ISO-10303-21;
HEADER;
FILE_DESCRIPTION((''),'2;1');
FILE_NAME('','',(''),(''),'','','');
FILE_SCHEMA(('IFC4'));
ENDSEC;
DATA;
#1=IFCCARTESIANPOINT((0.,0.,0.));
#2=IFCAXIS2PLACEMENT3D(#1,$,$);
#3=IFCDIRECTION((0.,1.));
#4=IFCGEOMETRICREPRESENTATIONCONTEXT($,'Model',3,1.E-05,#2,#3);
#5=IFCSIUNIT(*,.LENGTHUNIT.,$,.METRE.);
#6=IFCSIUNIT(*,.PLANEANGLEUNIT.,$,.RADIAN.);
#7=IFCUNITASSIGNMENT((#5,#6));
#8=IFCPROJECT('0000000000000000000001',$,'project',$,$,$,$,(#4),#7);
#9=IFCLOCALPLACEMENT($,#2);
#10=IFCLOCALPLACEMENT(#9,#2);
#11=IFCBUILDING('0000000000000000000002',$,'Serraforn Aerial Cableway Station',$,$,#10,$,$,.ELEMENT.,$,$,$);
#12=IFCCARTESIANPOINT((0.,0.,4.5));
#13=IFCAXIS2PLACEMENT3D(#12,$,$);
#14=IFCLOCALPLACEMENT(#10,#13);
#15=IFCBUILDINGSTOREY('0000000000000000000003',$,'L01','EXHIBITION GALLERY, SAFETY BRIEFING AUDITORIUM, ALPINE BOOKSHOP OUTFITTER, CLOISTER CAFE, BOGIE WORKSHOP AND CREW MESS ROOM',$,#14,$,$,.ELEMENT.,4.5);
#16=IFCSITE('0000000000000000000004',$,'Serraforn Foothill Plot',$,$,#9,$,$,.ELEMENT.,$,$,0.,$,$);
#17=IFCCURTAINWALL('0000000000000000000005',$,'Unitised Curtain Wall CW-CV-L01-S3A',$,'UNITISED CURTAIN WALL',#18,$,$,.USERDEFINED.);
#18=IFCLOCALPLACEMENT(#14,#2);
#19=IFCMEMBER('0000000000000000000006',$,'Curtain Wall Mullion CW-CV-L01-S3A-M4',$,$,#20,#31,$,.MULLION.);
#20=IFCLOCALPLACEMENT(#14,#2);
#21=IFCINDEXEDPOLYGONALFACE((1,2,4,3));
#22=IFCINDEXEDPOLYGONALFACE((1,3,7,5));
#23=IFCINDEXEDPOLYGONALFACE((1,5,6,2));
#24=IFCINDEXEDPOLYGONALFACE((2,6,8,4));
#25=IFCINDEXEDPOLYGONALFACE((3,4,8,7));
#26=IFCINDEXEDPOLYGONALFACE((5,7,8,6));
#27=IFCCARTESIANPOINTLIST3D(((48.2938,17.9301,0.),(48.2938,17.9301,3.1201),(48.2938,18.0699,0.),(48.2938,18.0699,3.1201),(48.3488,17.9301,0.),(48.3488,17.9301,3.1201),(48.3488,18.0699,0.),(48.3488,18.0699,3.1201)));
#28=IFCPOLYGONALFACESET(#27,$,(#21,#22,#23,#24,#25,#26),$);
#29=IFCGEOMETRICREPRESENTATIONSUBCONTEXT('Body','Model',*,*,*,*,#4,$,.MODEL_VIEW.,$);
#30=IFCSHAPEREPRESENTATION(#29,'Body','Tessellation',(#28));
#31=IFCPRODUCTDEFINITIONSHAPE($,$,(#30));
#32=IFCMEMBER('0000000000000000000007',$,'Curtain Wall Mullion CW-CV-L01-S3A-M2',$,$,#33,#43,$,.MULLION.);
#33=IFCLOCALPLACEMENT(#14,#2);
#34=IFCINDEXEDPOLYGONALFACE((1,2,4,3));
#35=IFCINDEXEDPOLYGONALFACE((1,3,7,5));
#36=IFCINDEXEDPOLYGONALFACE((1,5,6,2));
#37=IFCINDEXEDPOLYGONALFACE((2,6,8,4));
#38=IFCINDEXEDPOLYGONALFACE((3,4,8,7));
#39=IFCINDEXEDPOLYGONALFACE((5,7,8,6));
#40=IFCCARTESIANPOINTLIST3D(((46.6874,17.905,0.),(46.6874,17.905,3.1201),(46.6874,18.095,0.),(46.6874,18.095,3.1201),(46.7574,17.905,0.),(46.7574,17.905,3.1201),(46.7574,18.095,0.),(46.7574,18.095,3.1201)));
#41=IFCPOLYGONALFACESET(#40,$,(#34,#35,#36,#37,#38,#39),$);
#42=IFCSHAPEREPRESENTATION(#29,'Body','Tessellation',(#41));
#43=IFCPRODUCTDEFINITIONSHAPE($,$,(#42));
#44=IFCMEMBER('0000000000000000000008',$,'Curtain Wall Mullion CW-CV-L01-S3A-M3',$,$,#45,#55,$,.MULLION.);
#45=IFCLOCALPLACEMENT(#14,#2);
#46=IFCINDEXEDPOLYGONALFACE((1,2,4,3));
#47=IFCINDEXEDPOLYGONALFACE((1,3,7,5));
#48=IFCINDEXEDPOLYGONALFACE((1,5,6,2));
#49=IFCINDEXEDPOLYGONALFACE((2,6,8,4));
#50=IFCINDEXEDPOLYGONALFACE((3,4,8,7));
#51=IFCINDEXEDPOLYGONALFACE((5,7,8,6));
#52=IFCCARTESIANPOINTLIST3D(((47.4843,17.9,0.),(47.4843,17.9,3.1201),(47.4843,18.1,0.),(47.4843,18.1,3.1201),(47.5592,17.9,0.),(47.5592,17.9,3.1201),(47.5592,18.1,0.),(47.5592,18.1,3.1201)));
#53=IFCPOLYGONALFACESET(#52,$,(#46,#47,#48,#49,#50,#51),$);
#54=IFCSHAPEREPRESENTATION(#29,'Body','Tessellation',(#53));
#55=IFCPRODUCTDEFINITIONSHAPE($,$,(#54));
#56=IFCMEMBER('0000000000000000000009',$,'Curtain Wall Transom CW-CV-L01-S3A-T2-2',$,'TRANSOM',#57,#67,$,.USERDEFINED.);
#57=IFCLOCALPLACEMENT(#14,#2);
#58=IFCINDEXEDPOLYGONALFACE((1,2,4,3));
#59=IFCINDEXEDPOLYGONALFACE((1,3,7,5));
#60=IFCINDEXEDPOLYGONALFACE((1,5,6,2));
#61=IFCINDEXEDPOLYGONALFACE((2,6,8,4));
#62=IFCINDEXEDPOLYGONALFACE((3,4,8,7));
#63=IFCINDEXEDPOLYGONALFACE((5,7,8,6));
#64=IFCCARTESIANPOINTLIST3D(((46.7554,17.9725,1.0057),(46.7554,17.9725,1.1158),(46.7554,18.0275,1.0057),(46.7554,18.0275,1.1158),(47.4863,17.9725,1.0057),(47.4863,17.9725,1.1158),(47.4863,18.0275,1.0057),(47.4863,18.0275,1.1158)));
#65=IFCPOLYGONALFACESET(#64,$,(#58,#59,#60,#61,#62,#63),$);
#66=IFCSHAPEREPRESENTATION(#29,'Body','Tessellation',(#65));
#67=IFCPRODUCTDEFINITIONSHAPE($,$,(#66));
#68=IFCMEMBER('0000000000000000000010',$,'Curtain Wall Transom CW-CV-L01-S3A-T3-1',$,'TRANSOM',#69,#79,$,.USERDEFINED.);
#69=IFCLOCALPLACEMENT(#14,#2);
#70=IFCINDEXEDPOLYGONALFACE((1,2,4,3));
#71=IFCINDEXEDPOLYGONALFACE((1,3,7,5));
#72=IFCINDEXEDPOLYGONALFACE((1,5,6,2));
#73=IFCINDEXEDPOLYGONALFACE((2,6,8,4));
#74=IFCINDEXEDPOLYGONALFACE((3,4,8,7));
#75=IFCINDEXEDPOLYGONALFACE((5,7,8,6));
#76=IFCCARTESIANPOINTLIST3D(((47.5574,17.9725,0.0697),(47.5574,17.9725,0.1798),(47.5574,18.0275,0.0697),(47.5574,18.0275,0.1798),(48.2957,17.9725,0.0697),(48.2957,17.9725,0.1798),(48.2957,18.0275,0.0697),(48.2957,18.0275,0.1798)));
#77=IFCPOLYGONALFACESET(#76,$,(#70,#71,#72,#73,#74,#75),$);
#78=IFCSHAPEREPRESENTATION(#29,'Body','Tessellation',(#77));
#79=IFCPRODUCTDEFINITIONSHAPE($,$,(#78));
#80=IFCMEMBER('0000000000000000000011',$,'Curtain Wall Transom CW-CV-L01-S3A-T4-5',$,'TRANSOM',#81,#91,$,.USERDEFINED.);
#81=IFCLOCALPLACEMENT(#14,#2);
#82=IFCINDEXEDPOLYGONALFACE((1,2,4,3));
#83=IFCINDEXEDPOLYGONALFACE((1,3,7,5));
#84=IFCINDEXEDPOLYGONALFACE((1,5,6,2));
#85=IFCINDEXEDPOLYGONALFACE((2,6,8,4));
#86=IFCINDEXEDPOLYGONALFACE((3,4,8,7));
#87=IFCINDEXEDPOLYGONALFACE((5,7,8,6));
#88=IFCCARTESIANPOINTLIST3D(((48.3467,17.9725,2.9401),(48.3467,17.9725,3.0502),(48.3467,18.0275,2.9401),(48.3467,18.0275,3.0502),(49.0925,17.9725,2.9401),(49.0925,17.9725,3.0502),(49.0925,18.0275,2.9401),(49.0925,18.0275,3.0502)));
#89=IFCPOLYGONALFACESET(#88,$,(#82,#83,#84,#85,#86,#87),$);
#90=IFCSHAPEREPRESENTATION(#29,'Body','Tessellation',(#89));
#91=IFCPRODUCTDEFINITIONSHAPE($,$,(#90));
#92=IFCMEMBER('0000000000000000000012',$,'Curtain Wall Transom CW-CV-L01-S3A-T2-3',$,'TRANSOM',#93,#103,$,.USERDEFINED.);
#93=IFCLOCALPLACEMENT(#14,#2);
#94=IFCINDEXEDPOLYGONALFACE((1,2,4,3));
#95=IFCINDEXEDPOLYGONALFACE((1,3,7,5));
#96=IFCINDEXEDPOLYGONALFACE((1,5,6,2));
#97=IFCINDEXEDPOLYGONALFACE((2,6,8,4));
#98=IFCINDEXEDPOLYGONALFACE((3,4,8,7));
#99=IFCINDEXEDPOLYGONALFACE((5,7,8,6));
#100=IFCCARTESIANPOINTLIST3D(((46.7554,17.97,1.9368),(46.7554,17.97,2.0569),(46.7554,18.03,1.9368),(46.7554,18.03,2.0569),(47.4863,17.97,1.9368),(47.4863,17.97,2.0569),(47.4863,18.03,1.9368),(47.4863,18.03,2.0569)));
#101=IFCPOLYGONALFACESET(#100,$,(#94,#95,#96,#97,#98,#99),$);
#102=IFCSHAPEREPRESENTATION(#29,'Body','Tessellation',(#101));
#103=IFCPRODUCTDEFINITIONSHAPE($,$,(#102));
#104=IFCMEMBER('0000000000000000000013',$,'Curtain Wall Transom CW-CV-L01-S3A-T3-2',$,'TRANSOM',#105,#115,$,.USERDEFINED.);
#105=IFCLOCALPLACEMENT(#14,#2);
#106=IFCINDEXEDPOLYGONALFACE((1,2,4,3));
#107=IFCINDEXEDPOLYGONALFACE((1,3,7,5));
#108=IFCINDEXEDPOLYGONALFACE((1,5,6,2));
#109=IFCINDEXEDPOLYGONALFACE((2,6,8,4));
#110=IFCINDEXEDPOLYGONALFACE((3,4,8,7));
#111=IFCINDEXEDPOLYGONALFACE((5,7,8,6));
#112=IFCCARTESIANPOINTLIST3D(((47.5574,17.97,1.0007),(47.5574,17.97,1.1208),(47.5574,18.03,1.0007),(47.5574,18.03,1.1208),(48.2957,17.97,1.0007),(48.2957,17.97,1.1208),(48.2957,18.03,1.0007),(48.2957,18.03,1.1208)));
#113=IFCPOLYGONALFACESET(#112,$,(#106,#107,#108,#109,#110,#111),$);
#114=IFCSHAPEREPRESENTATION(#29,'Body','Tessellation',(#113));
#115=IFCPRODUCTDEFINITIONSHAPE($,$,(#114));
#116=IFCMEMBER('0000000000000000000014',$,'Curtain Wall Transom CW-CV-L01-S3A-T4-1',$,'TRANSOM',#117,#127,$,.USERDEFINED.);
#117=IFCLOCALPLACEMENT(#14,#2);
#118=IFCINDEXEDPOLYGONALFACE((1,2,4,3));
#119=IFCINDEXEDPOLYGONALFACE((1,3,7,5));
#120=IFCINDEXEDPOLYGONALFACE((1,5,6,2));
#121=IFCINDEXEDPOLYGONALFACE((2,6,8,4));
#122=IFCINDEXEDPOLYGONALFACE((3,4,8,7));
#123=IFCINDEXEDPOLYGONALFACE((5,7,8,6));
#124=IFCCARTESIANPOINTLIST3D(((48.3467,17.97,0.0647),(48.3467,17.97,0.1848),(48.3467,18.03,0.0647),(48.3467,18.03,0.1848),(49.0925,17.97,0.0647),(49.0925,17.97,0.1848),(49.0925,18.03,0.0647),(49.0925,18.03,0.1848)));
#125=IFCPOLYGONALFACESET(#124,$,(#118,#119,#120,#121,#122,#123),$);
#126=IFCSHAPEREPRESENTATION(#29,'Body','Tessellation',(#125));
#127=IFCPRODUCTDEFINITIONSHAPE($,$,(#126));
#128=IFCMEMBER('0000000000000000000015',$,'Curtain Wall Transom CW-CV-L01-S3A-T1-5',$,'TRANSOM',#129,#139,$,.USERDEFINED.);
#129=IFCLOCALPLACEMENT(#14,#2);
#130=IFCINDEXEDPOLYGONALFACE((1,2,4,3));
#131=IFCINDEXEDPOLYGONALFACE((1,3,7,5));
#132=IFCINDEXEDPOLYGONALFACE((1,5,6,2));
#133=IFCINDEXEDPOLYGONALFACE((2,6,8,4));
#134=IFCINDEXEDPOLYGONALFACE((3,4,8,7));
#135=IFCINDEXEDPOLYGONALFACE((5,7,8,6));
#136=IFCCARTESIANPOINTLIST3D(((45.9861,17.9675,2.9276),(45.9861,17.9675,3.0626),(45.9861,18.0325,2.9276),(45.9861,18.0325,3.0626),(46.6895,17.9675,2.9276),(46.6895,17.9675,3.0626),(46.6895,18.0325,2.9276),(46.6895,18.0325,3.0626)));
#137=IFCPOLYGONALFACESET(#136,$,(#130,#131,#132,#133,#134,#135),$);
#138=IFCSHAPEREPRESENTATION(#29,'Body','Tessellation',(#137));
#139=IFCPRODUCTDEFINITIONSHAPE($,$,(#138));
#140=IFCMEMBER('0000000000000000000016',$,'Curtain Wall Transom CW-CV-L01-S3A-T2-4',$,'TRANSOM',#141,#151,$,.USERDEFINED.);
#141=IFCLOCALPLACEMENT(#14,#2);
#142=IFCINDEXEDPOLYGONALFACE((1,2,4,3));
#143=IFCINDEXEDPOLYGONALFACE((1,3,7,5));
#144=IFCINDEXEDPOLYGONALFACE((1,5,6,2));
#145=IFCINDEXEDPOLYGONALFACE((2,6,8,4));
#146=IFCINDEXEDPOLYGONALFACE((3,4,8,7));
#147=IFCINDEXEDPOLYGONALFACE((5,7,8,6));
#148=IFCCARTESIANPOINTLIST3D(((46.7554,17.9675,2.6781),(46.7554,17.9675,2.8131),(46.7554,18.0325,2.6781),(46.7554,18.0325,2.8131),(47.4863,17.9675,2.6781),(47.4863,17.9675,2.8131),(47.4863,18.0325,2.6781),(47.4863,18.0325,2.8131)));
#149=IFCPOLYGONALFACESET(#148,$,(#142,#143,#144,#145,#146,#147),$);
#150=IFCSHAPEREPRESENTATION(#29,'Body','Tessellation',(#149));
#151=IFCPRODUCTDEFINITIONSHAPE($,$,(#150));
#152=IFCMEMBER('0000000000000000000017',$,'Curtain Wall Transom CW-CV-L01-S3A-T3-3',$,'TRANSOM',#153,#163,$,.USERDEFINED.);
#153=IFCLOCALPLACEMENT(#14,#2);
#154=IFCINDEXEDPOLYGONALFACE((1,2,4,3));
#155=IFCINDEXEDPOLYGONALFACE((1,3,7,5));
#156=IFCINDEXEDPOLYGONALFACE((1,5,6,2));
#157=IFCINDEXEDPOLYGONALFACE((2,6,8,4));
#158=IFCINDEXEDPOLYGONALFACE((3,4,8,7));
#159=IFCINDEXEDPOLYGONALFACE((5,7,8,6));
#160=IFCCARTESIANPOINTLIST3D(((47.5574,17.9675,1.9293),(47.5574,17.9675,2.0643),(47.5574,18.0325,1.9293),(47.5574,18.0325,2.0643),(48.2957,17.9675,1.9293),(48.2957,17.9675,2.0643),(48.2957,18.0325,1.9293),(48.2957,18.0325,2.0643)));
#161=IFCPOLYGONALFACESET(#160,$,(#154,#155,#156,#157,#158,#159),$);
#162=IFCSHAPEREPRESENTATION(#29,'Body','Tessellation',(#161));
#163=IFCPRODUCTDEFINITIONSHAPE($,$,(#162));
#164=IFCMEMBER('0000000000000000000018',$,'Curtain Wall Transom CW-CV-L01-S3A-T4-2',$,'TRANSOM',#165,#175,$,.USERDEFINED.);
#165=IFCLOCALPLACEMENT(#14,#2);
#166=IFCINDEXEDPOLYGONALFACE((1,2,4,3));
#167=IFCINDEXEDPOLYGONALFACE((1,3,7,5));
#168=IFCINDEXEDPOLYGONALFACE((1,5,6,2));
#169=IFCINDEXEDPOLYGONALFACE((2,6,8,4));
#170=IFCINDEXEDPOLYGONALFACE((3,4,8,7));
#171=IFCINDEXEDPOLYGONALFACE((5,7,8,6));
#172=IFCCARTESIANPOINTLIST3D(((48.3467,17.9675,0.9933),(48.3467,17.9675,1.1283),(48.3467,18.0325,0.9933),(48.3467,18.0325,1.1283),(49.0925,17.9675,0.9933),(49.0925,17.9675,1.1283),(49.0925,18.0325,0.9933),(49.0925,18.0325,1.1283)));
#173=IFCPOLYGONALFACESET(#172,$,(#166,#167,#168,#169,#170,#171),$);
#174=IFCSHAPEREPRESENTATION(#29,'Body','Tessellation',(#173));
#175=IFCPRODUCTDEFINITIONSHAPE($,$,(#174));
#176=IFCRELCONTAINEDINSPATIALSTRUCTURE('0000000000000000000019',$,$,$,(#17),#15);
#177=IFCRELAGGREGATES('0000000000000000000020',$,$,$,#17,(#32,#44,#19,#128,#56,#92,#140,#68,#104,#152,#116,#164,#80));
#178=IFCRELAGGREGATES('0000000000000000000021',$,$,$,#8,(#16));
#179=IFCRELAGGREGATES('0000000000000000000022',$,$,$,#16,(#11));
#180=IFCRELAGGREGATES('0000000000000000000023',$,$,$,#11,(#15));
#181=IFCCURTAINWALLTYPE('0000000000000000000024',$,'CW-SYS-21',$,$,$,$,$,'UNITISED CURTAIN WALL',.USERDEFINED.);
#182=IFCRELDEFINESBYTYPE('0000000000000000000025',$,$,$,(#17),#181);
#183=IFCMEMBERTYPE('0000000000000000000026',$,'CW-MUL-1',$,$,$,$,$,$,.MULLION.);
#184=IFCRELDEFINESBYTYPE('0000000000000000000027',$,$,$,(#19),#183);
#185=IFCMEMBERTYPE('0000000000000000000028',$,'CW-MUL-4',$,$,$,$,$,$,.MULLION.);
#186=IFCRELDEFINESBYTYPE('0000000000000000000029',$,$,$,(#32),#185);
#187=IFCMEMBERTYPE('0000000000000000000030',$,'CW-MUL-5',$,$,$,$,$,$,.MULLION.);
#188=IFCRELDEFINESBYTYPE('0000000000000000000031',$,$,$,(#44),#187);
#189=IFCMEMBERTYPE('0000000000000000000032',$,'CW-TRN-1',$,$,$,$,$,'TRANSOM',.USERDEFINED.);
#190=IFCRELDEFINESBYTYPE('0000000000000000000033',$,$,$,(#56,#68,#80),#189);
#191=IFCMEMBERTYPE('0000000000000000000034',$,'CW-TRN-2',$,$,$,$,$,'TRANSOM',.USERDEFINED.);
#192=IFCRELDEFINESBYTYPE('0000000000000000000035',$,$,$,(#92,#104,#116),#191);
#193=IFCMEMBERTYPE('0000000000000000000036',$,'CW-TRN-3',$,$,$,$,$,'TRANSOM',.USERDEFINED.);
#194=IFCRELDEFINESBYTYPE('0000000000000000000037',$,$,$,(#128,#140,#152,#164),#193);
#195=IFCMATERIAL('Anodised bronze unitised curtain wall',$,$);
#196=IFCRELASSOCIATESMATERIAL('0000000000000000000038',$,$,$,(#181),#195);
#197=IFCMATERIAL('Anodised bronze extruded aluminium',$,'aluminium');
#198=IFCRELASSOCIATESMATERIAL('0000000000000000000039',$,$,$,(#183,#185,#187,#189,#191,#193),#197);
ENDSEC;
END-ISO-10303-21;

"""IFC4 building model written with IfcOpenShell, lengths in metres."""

from ifc_helpers import new_model, si_unit, direction, frame, origin, origin_2d, place, context, subcontext, project, spatial, rectangle, extrude, material, material_profile, profile_set, type_object, element, aggregate, save


model = new_model("IFC4")

# Units and contexts
model_context = context("Model", 3, precision=1e-05, world=origin(), true_north=direction((0.0, 1.0)))
body_context = subcontext(model_context, "Body", "Model", "MODEL_VIEW")
ifc_project = project(units=[si_unit("LENGTHUNIT", "METRE"), si_unit("PLANEANGLEUNIT", "RADIAN")], contexts=[model_context])

# Site, building, storey
site_placement = place(None, origin())
site = spatial("IfcSite", under=ifc_project, at=site_placement, Name="Serraforn Foothill Plot", CompositionType="ELEMENT", RefElevation=0.0)
building_placement = place(site_placement, origin())
building = spatial("IfcBuilding", under=site, at=building_placement, Name="Serraforn Aerial Cableway Station", CompositionType="ELEMENT")
storey_placement = place(building_placement, frame((0.0, 0.0, 4.5)))
storey = spatial("IfcBuildingStorey", under=building, at=storey_placement, Name="L01", Description="EXHIBITION GALLERY, SAFETY BRIEFING AUDITORIUM, ALPINE BOOKSHOP OUTFITTER, CLOISTER CAFE, BOGIE WORKSHOP AND CREW MESS ROOM", CompositionType="ELEMENT", Elevation=4.5)

# Curtain wall, members
ifc_material_1 = material(Name="Anodised bronze unitised curtain wall")
curtain_wall_type = type_object("IfcCurtainWallType", Name="CW-SYS-21", ElementType="UNITISED CURTAIN WALL", PredefinedType="USERDEFINED", material=ifc_material_1)
curtain_wall_placement = place(storey_placement, origin())
curtain_wall = element("IfcCurtainWall", 1, at=curtain_wall_placement, inside=storey, type_object=curtain_wall_type, Name="Unitised Curtain Wall CW-CV-L01-S3A", ObjectType="UNITISED CURTAIN WALL", PredefinedType="USERDEFINED")
ifc_material_2 = material(Name="Anodised bronze extruded aluminium", Category="aluminium")
ifc_material_profile_1 = material_profile(ifc_material_2, rectangle(XDim=0.0549, YDim=0.1399, at=origin_2d()), Name="CW MULLION 55x140")
ifc_profile_set_1 = profile_set([ifc_material_profile_1], Name="Anodised bronze extruded aluminium")
member_type_1 = type_object("IfcMemberType", Name="CW-MUL-1", PredefinedType="MULLION", material=ifc_profile_set_1)
member_1_placement = place(storey_placement, frame((48.3213, 18.0, 0.0), z_axis=(0.0, 0.0, 1.0), x_axis=(1.0, 0.0, 0.0)))
member_1 = element("IfcMember", 2, at=member_1_placement, type_object=member_type_1, Name="Curtain Wall Mullion CW-CV-L01-S3A-M4", PredefinedType="MULLION", context=body_context, shape_type="SweptSolid", body=[
    extrude(rectangle(XDim=0.0549, YDim=0.1399, at=origin_2d()), origin(), (0.0, 0.0, 1.0), 3.1201),
])
ifc_material_profile_2 = material_profile(ifc_material_2, rectangle(XDim=0.0701, YDim=0.1899, at=origin_2d()), Name="CW MULLION 70x190")
ifc_profile_set_2 = profile_set([ifc_material_profile_2], Name="Anodised bronze extruded aluminium")
member_type_2 = type_object("IfcMemberType", Name="CW-MUL-4", PredefinedType="MULLION", material=ifc_profile_set_2)
member_2_placement = place(storey_placement, frame((46.7224, 18.0, 0.0), z_axis=(0.0, 0.0, 1.0), x_axis=(1.0, 0.0, 0.0)))
member_2 = element("IfcMember", 3, at=member_2_placement, type_object=member_type_2, Name="Curtain Wall Mullion CW-CV-L01-S3A-M2", PredefinedType="MULLION", context=body_context, shape_type="SweptSolid", body=[
    extrude(rectangle(XDim=0.0701, YDim=0.1899, at=origin_2d()), origin(), (0.0, 0.0, 1.0), 3.1201),
])
ifc_material_profile_3 = material_profile(ifc_material_2, rectangle(XDim=0.075, YDim=0.2, at=origin_2d()), Name="CW MULLION 75x200")
ifc_profile_set_3 = profile_set([ifc_material_profile_3], Name="Anodised bronze extruded aluminium")
member_type_3 = type_object("IfcMemberType", Name="CW-MUL-5", PredefinedType="MULLION", material=ifc_profile_set_3)
member_3_placement = place(storey_placement, frame((47.5217, 18.0, 0.0), z_axis=(0.0, 0.0, 1.0), x_axis=(1.0, 0.0, 0.0)))
member_3 = element("IfcMember", 4, at=member_3_placement, type_object=member_type_3, Name="Curtain Wall Mullion CW-CV-L01-S3A-M3", PredefinedType="MULLION", context=body_context, shape_type="SweptSolid", body=[
    extrude(rectangle(XDim=0.075, YDim=0.2, at=origin_2d()), origin(), (0.0, 0.0, 1.0), 3.1201),
])
ifc_material_profile_4 = material_profile(ifc_material_2, rectangle(XDim=0.0549, YDim=0.1101, at=origin_2d()), Name="CW TRANSOM 55x110")
ifc_profile_set_4 = profile_set([ifc_material_profile_4], Name="Anodised bronze extruded aluminium")
member_type_4 = type_object("IfcMemberType", Name="CW-TRN-1", ElementType="TRANSOM", PredefinedType="USERDEFINED", material=ifc_profile_set_4)
member_4_placement = place(storey_placement, frame((46.7554, 18.0, 1.0608), z_axis=(1.0, 0.0, 0.0), x_axis=(0.0, 1.0, 0.0)))
member_4 = element("IfcMember", 5, at=member_4_placement, type_object=member_type_4, Name="Curtain Wall Transom CW-CV-L01-S3A-T2-2", ObjectType="TRANSOM", PredefinedType="USERDEFINED", context=body_context, shape_type="SweptSolid", body=[
    extrude(rectangle(XDim=0.0549, YDim=0.1101, at=origin_2d()), origin(), (0.0, 0.0, 1.0), 0.731),
])
member_5_placement = place(storey_placement, frame((47.5574, 18.0, 0.1248), z_axis=(1.0, 0.0, 0.0), x_axis=(0.0, 1.0, 0.0)))
member_5 = element("IfcMember", 6, at=member_5_placement, type_object=member_type_4, Name="Curtain Wall Transom CW-CV-L01-S3A-T3-1", ObjectType="TRANSOM", PredefinedType="USERDEFINED", context=body_context, shape_type="SweptSolid", body=[
    extrude(rectangle(XDim=0.0549, YDim=0.1101, at=origin_2d()), origin(), (0.0, 0.0, 1.0), 0.7383),
])
member_6_placement = place(storey_placement, frame((48.3467, 18.0, 2.9951), z_axis=(1.0, 0.0, 0.0), x_axis=(0.0, 1.0, 0.0)))
member_6 = element("IfcMember", 7, at=member_6_placement, type_object=member_type_4, Name="Curtain Wall Transom CW-CV-L01-S3A-T4-5", ObjectType="TRANSOM", PredefinedType="USERDEFINED", context=body_context, shape_type="SweptSolid", body=[
    extrude(rectangle(XDim=0.0549, YDim=0.1101, at=origin_2d()), origin(), (0.0, 0.0, 1.0), 0.7458),
])
ifc_material_profile_5 = material_profile(ifc_material_2, rectangle(XDim=0.0601, YDim=0.1201, at=origin_2d()), Name="CW TRANSOM 60x120")
ifc_profile_set_5 = profile_set([ifc_material_profile_5], Name="Anodised bronze extruded aluminium")
member_type_5 = type_object("IfcMemberType", Name="CW-TRN-2", ElementType="TRANSOM", PredefinedType="USERDEFINED", material=ifc_profile_set_5)
member_7_placement = place(storey_placement, frame((46.7554, 18.0, 1.9968), z_axis=(1.0, 0.0, 0.0), x_axis=(0.0, 1.0, 0.0)))
member_7 = element("IfcMember", 8, at=member_7_placement, type_object=member_type_5, Name="Curtain Wall Transom CW-CV-L01-S3A-T2-3", ObjectType="TRANSOM", PredefinedType="USERDEFINED", context=body_context, shape_type="SweptSolid", body=[
    extrude(rectangle(XDim=0.0601, YDim=0.1201, at=origin_2d()), origin(), (0.0, 0.0, 1.0), 0.731),
])
member_8_placement = place(storey_placement, frame((47.5574, 18.0, 1.0608), z_axis=(1.0, 0.0, 0.0), x_axis=(0.0, 1.0, 0.0)))
member_8 = element("IfcMember", 9, at=member_8_placement, type_object=member_type_5, Name="Curtain Wall Transom CW-CV-L01-S3A-T3-2", ObjectType="TRANSOM", PredefinedType="USERDEFINED", context=body_context, shape_type="SweptSolid", body=[
    extrude(rectangle(XDim=0.0601, YDim=0.1201, at=origin_2d()), origin(), (0.0, 0.0, 1.0), 0.7383),
])
member_9_placement = place(storey_placement, frame((48.3467, 18.0, 0.1248), z_axis=(1.0, 0.0, 0.0), x_axis=(0.0, 1.0, 0.0)))
member_9 = element("IfcMember", 10, at=member_9_placement, type_object=member_type_5, Name="Curtain Wall Transom CW-CV-L01-S3A-T4-1", ObjectType="TRANSOM", PredefinedType="USERDEFINED", context=body_context, shape_type="SweptSolid", body=[
    extrude(rectangle(XDim=0.0601, YDim=0.1201, at=origin_2d()), origin(), (0.0, 0.0, 1.0), 0.7458),
])
ifc_material_profile_6 = material_profile(ifc_material_2, rectangle(XDim=0.0649, YDim=0.135, at=origin_2d()), Name="CW TRANSOM 65x135")
ifc_profile_set_6 = profile_set([ifc_material_profile_6], Name="Anodised bronze extruded aluminium")
member_type_6 = type_object("IfcMemberType", Name="CW-TRN-3", ElementType="TRANSOM", PredefinedType="USERDEFINED", material=ifc_profile_set_6)
member_10_placement = place(storey_placement, frame((45.9861, 18.0, 2.9951), z_axis=(1.0, 0.0, 0.0), x_axis=(0.0, 1.0, 0.0)))
member_10 = element("IfcMember", 11, at=member_10_placement, type_object=member_type_6, Name="Curtain Wall Transom CW-CV-L01-S3A-T1-5", ObjectType="TRANSOM", PredefinedType="USERDEFINED", context=body_context, shape_type="SweptSolid", body=[
    extrude(rectangle(XDim=0.0649, YDim=0.135, at=origin_2d()), origin(), (0.0, 0.0, 1.0), 0.7034),
])
member_11_placement = place(storey_placement, frame((46.7554, 18.0, 2.7456), z_axis=(1.0, 0.0, 0.0), x_axis=(0.0, 1.0, 0.0)))
member_11 = element("IfcMember", 12, at=member_11_placement, type_object=member_type_6, Name="Curtain Wall Transom CW-CV-L01-S3A-T2-4", ObjectType="TRANSOM", PredefinedType="USERDEFINED", context=body_context, shape_type="SweptSolid", body=[
    extrude(rectangle(XDim=0.0649, YDim=0.135, at=origin_2d()), origin(), (0.0, 0.0, 1.0), 0.731),
])
member_12_placement = place(storey_placement, frame((47.5574, 18.0, 1.9968), z_axis=(1.0, 0.0, 0.0), x_axis=(0.0, 1.0, 0.0)))
member_12 = element("IfcMember", 13, at=member_12_placement, type_object=member_type_6, Name="Curtain Wall Transom CW-CV-L01-S3A-T3-3", ObjectType="TRANSOM", PredefinedType="USERDEFINED", context=body_context, shape_type="SweptSolid", body=[
    extrude(rectangle(XDim=0.0649, YDim=0.135, at=origin_2d()), origin(), (0.0, 0.0, 1.0), 0.7383),
])
member_13_placement = place(storey_placement, frame((48.3467, 18.0, 1.0608), z_axis=(1.0, 0.0, 0.0), x_axis=(0.0, 1.0, 0.0)))
member_13 = element("IfcMember", 14, at=member_13_placement, type_object=member_type_6, Name="Curtain Wall Transom CW-CV-L01-S3A-T4-2", ObjectType="TRANSOM", PredefinedType="USERDEFINED", context=body_context, shape_type="SweptSolid", body=[
    extrude(rectangle(XDim=0.0649, YDim=0.135, at=origin_2d()), origin(), (0.0, 0.0, 1.0), 0.7458),
])
aggregate(curtain_wall, [member_2, member_3, member_1, member_10, member_4, member_7, member_11, member_5, member_8, member_12, member_9, member_13, member_6])

save(model, "model.ifc")
